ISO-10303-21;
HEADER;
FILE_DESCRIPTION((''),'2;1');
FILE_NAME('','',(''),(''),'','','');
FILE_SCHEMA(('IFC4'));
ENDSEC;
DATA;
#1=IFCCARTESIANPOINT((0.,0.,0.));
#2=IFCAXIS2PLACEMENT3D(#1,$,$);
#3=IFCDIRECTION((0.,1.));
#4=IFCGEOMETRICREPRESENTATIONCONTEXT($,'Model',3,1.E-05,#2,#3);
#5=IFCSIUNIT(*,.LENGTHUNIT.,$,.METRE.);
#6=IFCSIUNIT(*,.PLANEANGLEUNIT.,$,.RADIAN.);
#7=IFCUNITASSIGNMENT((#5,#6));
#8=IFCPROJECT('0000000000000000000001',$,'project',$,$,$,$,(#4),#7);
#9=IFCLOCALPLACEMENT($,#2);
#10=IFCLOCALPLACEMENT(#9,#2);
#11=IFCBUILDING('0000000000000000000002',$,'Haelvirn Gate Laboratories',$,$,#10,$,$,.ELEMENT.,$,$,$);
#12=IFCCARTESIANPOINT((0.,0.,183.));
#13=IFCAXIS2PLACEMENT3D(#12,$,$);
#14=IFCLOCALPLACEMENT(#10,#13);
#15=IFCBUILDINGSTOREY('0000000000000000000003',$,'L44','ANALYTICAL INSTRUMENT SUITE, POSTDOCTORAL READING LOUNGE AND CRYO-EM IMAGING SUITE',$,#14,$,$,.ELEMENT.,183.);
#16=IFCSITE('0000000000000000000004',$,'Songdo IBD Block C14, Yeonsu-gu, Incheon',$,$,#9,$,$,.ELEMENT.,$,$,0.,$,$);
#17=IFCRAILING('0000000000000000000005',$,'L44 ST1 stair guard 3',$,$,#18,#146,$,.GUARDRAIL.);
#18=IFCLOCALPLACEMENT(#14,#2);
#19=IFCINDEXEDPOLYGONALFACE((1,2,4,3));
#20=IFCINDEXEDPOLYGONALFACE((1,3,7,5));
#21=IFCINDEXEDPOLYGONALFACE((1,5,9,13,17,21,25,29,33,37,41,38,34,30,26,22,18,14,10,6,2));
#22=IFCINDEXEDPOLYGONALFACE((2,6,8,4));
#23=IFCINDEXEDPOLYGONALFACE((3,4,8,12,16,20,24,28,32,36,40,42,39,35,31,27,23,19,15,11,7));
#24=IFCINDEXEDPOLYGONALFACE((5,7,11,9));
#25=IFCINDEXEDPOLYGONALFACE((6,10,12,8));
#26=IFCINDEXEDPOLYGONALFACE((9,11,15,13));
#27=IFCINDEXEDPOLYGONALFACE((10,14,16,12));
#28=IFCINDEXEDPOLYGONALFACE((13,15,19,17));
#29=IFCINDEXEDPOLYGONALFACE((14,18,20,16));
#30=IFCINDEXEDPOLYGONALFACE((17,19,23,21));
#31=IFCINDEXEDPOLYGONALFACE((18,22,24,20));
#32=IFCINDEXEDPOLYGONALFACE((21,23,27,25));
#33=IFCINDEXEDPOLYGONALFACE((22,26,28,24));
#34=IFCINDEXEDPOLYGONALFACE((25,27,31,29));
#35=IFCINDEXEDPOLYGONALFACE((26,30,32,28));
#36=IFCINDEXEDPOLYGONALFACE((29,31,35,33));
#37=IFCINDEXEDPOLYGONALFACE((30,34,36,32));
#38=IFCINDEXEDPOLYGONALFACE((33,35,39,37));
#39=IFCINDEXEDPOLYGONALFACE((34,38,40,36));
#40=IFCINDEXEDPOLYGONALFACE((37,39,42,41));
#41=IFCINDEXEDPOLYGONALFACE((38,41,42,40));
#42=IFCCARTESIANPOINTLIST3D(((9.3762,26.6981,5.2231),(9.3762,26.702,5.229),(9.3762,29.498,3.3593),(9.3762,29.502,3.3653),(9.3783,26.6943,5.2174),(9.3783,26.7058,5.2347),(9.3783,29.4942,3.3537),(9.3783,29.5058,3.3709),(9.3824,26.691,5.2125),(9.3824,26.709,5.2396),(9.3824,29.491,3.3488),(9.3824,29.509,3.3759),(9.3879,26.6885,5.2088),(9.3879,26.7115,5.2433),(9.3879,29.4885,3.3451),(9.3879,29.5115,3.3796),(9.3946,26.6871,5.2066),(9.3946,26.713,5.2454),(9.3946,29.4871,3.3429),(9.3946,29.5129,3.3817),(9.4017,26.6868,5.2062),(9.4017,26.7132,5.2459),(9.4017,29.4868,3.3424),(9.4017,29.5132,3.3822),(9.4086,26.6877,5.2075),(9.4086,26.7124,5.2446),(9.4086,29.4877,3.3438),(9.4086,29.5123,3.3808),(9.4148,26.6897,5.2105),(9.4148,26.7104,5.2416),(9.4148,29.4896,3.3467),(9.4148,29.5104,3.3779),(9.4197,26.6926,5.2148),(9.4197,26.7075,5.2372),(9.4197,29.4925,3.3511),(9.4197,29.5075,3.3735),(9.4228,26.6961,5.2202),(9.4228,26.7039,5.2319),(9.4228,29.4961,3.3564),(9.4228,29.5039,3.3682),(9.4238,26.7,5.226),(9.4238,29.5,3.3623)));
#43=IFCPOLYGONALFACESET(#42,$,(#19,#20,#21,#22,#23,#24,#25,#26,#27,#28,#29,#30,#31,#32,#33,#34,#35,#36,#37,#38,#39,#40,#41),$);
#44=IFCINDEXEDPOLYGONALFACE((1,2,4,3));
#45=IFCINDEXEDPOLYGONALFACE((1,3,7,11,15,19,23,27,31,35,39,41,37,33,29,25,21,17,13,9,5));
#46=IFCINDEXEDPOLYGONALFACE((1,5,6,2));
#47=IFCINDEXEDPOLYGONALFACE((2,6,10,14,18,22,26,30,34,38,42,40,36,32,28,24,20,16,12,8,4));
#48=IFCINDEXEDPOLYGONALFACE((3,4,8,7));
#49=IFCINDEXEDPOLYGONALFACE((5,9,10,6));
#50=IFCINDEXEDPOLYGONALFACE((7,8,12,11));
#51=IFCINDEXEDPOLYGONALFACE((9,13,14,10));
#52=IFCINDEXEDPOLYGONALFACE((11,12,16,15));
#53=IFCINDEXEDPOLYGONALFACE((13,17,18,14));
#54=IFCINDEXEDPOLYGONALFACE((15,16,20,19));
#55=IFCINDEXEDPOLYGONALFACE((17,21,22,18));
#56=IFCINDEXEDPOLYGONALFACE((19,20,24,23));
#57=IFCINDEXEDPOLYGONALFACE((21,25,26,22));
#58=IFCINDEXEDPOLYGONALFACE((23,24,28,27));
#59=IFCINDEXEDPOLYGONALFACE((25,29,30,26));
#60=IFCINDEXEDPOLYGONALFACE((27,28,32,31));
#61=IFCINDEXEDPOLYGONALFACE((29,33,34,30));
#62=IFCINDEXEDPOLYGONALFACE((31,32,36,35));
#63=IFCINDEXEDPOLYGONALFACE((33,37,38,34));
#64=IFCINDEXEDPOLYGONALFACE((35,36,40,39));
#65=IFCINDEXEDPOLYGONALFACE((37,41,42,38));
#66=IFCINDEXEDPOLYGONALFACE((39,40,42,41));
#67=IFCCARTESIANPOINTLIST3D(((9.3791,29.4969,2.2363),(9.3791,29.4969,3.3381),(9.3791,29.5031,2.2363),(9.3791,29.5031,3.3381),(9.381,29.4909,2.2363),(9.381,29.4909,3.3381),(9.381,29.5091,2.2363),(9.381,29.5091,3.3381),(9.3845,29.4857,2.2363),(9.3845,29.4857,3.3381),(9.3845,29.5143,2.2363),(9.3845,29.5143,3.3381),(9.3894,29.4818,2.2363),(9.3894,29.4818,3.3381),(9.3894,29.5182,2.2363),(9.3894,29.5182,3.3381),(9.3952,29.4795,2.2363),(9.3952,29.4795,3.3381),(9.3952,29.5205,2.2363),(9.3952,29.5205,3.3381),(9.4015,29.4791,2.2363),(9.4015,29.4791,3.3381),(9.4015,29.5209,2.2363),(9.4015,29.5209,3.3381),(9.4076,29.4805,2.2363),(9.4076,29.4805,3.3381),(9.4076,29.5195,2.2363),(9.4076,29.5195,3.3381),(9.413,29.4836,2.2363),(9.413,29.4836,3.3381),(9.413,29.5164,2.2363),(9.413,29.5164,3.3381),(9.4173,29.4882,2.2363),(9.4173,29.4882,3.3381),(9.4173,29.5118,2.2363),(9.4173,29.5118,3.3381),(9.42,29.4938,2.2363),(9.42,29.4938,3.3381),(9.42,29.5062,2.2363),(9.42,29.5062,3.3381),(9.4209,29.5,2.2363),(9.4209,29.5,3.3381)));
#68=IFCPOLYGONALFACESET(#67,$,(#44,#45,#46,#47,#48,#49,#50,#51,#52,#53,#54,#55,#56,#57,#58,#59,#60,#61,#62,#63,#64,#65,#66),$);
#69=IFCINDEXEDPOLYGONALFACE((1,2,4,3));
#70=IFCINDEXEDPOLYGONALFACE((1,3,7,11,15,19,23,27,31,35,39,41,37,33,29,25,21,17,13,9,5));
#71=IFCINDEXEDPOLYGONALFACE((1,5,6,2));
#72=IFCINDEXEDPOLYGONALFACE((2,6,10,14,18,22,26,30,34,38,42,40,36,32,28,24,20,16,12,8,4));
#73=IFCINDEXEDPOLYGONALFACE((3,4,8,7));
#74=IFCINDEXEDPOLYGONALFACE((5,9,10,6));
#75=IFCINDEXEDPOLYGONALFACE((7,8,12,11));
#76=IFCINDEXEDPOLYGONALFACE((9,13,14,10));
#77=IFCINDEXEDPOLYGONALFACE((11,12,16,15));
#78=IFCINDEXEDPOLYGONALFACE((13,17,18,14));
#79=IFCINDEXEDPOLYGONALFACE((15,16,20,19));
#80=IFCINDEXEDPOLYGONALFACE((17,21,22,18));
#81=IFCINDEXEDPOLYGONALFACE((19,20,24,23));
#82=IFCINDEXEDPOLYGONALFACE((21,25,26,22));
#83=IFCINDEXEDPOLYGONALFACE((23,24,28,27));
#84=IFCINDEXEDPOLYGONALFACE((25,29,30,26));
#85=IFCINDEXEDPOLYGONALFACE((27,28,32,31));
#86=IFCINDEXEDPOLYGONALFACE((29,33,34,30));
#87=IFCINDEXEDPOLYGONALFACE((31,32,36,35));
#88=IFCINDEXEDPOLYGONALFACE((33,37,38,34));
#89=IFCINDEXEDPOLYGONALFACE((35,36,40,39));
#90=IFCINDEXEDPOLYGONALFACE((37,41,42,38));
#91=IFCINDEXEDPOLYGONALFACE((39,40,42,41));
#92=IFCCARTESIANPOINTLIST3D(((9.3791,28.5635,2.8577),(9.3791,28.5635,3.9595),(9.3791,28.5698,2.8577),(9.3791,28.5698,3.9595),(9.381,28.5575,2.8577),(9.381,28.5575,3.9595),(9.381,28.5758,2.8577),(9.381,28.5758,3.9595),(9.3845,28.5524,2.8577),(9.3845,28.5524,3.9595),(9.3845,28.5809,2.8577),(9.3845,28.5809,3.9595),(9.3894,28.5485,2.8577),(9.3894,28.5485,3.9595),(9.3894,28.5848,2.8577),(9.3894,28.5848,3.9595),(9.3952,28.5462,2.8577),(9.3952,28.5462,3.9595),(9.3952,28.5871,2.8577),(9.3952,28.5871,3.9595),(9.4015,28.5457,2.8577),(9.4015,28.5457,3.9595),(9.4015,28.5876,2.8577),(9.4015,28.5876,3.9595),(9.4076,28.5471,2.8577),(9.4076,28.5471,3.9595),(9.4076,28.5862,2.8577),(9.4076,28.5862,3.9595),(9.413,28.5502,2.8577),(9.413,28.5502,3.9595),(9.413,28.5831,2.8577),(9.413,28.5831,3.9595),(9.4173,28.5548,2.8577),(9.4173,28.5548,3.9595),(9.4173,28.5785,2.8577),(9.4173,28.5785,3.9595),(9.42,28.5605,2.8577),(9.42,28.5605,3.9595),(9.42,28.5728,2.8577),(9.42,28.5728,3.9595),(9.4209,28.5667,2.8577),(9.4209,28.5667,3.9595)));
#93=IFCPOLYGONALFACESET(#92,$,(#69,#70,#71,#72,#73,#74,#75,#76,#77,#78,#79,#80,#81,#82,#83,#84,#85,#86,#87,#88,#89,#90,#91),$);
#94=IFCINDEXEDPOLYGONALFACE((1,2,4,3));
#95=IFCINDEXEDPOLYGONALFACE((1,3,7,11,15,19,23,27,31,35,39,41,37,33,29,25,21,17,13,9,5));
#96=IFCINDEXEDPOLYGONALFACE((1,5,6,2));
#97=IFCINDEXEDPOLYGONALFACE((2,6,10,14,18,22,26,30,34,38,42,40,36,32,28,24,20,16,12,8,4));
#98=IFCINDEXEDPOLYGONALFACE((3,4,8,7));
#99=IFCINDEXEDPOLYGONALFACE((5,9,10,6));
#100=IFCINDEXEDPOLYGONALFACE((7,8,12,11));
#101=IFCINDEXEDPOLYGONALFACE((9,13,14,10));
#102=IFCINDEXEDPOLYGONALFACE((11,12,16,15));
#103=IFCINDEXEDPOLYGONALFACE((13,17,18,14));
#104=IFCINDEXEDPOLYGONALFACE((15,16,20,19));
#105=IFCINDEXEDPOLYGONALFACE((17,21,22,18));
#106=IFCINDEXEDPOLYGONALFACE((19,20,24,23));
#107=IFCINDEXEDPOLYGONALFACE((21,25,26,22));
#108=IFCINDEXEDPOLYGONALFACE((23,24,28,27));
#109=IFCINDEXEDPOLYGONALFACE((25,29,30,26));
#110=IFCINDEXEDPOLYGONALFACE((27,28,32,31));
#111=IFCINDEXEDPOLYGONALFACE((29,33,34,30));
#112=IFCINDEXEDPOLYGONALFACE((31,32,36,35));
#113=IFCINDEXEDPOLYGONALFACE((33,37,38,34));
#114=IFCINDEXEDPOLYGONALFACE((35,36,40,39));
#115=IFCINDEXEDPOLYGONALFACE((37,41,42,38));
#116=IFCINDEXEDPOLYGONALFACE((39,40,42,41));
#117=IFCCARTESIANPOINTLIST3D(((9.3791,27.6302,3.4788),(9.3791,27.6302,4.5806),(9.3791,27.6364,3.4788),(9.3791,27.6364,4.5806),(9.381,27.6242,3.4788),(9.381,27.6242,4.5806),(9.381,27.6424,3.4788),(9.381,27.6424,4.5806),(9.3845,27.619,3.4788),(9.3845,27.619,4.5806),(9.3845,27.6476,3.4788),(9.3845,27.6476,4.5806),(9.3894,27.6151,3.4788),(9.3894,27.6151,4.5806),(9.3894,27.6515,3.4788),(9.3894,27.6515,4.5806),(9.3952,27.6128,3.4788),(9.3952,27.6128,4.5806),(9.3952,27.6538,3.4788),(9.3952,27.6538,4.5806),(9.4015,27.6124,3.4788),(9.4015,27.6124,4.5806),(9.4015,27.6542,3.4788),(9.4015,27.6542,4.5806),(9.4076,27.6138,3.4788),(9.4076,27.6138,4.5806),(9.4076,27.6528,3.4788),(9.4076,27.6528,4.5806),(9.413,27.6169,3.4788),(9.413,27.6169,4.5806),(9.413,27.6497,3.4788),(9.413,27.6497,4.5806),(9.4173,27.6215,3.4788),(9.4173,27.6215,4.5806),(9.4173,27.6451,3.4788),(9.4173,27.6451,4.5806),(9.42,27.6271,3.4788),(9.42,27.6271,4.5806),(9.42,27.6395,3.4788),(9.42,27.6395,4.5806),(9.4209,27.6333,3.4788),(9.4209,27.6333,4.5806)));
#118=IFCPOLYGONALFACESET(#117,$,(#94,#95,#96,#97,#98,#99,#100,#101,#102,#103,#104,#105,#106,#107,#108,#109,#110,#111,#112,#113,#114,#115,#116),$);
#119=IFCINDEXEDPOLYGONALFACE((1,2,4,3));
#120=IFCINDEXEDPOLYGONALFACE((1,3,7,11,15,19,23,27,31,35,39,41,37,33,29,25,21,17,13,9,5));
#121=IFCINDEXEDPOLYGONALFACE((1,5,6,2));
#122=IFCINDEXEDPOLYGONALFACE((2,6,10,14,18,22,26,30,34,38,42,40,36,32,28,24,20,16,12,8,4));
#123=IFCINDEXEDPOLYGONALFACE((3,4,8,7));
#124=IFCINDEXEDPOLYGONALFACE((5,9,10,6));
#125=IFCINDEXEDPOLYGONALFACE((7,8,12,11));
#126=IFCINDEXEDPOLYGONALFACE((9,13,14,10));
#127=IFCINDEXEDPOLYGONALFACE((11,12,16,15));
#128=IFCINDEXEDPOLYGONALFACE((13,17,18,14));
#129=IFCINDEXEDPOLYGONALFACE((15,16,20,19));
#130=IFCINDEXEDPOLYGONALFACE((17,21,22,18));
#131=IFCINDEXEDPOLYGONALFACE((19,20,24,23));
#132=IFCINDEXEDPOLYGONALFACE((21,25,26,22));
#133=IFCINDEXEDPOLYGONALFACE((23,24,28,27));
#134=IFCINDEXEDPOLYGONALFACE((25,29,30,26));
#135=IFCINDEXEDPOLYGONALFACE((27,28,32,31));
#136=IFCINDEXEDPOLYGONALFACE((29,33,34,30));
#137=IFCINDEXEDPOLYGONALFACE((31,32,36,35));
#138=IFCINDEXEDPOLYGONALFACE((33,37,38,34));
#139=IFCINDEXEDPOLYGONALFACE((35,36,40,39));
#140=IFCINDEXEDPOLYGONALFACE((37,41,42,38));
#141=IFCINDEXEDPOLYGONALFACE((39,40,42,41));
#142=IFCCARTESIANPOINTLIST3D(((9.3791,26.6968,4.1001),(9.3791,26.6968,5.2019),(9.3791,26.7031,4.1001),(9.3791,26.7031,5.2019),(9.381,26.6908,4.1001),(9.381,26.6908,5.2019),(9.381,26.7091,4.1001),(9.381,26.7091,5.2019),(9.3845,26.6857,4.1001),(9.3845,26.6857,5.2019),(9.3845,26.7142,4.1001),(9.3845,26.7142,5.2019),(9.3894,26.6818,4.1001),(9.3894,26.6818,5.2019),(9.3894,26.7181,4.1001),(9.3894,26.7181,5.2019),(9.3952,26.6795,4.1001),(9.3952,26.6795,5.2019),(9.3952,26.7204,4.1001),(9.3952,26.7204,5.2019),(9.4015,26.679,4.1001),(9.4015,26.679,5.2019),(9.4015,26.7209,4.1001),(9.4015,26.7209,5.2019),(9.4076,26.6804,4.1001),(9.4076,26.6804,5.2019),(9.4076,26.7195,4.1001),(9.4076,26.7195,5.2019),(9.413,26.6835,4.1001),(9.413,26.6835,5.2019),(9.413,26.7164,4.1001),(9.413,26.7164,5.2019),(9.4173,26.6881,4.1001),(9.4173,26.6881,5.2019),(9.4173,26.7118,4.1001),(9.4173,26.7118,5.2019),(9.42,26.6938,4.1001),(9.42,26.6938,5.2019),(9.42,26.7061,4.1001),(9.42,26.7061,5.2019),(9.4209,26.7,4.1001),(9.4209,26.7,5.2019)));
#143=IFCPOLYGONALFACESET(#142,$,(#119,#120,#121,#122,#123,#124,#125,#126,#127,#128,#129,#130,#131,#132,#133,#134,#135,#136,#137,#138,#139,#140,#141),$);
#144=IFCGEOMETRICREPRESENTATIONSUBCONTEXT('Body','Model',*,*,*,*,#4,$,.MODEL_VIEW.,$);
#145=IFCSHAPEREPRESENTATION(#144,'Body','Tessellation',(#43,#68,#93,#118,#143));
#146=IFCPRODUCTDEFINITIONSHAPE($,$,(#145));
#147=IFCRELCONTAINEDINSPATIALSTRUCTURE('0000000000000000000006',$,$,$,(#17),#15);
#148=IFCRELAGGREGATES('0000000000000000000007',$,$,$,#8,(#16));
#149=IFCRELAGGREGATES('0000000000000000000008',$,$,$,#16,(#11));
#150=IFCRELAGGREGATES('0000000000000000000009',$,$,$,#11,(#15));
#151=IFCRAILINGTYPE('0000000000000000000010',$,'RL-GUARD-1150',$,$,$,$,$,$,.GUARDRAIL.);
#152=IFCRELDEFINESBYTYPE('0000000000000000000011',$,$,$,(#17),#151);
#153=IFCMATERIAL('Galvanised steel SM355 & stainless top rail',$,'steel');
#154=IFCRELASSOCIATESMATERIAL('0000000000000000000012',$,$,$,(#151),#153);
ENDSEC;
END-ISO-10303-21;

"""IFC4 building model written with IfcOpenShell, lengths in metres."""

from ifc_helpers import new_model, si_unit, direction, frame, origin, origin_2d, place, context, subcontext, project, spatial, circle, extrude, source, transform, mapped, material, type_object, element, save


model = new_model("IFC4")

# Units and contexts
model_context = context("Model", 3, precision=1e-05, world=origin(), true_north=direction((0.0, 1.0)))
body_context = subcontext(model_context, "Body", "Model", "MODEL_VIEW")
ifc_project = project(units=[si_unit("LENGTHUNIT", "METRE"), si_unit("PLANEANGLEUNIT", "RADIAN")], contexts=[model_context])

# Site, building, storey
site_placement = place(None, origin())
site = spatial("IfcSite", under=ifc_project, at=site_placement, Name="Songdo IBD Block C14, Yeonsu-gu, Incheon", CompositionType="ELEMENT", RefElevation=0.0)
building_placement = place(site_placement, origin())
building = spatial("IfcBuilding", under=site, at=building_placement, Name="Haelvirn Gate Laboratories", CompositionType="ELEMENT")
storey_placement = place(building_placement, frame((0.0, 0.0, 183.0)))
storey = spatial("IfcBuildingStorey", under=building, at=storey_placement, Name="L44", Description="ANALYTICAL INSTRUMENT SUITE, POSTDOCTORAL READING LOUNGE AND CRYO-EM IMAGING SUITE", CompositionType="ELEMENT", Elevation=183.0)

# Railing
ifc_material_1 = material(Name="Galvanised steel SM355 & stainless top rail", Category="steel")
railing_type_1 = type_object("IfcRailingType", Name="RL-GUARD-1150", PredefinedType="GUARDRAIL", material=ifc_material_1)
shared_shape_1 = source(origin(), body_context, "Body", "SweptSolid", [
    extrude(circle(Radius=0.0239, at=origin_2d()), frame((0.0, 0.0, 1.126), z_axis=(0.0, -0.832452, 0.554097), x_axis=(1.0, 0.0, 0.0)), (0.0, 0.0, 1.0), 3.3635),
    extrude(circle(Radius=0.021, at=origin_2d()), origin(), (0.0, 0.0, 1.0), 1.1018),
    extrude(circle(Radius=0.021, at=origin_2d()), frame((0.0, -0.9333, 0.6213)), (0.0, 0.0, 1.0), 1.1018),
    extrude(circle(Radius=0.021, at=origin_2d()), frame((0.0, -1.8667, 1.2424)), (0.0, 0.0, 1.0), 1.1018),
    extrude(circle(Radius=0.021, at=origin_2d()), frame((0.0, -2.8, 1.8638)), (0.0, 0.0, 1.0), 1.1018),
])
railing_1_placement = place(storey_placement, frame((9.3999, 29.5, 2.2363)))
element("IfcRailing", 1, at=railing_1_placement, inside=storey, type_object=railing_type_1, Name="L44 ST1 stair guard 3", PredefinedType="GUARDRAIL", context=body_context, shape_type="MappedRepresentation", body=[
    mapped(shared_shape_1, transform((0.0, 0.0, 0.0), scale=1.0)),
])

save(model, "model.ifc")
